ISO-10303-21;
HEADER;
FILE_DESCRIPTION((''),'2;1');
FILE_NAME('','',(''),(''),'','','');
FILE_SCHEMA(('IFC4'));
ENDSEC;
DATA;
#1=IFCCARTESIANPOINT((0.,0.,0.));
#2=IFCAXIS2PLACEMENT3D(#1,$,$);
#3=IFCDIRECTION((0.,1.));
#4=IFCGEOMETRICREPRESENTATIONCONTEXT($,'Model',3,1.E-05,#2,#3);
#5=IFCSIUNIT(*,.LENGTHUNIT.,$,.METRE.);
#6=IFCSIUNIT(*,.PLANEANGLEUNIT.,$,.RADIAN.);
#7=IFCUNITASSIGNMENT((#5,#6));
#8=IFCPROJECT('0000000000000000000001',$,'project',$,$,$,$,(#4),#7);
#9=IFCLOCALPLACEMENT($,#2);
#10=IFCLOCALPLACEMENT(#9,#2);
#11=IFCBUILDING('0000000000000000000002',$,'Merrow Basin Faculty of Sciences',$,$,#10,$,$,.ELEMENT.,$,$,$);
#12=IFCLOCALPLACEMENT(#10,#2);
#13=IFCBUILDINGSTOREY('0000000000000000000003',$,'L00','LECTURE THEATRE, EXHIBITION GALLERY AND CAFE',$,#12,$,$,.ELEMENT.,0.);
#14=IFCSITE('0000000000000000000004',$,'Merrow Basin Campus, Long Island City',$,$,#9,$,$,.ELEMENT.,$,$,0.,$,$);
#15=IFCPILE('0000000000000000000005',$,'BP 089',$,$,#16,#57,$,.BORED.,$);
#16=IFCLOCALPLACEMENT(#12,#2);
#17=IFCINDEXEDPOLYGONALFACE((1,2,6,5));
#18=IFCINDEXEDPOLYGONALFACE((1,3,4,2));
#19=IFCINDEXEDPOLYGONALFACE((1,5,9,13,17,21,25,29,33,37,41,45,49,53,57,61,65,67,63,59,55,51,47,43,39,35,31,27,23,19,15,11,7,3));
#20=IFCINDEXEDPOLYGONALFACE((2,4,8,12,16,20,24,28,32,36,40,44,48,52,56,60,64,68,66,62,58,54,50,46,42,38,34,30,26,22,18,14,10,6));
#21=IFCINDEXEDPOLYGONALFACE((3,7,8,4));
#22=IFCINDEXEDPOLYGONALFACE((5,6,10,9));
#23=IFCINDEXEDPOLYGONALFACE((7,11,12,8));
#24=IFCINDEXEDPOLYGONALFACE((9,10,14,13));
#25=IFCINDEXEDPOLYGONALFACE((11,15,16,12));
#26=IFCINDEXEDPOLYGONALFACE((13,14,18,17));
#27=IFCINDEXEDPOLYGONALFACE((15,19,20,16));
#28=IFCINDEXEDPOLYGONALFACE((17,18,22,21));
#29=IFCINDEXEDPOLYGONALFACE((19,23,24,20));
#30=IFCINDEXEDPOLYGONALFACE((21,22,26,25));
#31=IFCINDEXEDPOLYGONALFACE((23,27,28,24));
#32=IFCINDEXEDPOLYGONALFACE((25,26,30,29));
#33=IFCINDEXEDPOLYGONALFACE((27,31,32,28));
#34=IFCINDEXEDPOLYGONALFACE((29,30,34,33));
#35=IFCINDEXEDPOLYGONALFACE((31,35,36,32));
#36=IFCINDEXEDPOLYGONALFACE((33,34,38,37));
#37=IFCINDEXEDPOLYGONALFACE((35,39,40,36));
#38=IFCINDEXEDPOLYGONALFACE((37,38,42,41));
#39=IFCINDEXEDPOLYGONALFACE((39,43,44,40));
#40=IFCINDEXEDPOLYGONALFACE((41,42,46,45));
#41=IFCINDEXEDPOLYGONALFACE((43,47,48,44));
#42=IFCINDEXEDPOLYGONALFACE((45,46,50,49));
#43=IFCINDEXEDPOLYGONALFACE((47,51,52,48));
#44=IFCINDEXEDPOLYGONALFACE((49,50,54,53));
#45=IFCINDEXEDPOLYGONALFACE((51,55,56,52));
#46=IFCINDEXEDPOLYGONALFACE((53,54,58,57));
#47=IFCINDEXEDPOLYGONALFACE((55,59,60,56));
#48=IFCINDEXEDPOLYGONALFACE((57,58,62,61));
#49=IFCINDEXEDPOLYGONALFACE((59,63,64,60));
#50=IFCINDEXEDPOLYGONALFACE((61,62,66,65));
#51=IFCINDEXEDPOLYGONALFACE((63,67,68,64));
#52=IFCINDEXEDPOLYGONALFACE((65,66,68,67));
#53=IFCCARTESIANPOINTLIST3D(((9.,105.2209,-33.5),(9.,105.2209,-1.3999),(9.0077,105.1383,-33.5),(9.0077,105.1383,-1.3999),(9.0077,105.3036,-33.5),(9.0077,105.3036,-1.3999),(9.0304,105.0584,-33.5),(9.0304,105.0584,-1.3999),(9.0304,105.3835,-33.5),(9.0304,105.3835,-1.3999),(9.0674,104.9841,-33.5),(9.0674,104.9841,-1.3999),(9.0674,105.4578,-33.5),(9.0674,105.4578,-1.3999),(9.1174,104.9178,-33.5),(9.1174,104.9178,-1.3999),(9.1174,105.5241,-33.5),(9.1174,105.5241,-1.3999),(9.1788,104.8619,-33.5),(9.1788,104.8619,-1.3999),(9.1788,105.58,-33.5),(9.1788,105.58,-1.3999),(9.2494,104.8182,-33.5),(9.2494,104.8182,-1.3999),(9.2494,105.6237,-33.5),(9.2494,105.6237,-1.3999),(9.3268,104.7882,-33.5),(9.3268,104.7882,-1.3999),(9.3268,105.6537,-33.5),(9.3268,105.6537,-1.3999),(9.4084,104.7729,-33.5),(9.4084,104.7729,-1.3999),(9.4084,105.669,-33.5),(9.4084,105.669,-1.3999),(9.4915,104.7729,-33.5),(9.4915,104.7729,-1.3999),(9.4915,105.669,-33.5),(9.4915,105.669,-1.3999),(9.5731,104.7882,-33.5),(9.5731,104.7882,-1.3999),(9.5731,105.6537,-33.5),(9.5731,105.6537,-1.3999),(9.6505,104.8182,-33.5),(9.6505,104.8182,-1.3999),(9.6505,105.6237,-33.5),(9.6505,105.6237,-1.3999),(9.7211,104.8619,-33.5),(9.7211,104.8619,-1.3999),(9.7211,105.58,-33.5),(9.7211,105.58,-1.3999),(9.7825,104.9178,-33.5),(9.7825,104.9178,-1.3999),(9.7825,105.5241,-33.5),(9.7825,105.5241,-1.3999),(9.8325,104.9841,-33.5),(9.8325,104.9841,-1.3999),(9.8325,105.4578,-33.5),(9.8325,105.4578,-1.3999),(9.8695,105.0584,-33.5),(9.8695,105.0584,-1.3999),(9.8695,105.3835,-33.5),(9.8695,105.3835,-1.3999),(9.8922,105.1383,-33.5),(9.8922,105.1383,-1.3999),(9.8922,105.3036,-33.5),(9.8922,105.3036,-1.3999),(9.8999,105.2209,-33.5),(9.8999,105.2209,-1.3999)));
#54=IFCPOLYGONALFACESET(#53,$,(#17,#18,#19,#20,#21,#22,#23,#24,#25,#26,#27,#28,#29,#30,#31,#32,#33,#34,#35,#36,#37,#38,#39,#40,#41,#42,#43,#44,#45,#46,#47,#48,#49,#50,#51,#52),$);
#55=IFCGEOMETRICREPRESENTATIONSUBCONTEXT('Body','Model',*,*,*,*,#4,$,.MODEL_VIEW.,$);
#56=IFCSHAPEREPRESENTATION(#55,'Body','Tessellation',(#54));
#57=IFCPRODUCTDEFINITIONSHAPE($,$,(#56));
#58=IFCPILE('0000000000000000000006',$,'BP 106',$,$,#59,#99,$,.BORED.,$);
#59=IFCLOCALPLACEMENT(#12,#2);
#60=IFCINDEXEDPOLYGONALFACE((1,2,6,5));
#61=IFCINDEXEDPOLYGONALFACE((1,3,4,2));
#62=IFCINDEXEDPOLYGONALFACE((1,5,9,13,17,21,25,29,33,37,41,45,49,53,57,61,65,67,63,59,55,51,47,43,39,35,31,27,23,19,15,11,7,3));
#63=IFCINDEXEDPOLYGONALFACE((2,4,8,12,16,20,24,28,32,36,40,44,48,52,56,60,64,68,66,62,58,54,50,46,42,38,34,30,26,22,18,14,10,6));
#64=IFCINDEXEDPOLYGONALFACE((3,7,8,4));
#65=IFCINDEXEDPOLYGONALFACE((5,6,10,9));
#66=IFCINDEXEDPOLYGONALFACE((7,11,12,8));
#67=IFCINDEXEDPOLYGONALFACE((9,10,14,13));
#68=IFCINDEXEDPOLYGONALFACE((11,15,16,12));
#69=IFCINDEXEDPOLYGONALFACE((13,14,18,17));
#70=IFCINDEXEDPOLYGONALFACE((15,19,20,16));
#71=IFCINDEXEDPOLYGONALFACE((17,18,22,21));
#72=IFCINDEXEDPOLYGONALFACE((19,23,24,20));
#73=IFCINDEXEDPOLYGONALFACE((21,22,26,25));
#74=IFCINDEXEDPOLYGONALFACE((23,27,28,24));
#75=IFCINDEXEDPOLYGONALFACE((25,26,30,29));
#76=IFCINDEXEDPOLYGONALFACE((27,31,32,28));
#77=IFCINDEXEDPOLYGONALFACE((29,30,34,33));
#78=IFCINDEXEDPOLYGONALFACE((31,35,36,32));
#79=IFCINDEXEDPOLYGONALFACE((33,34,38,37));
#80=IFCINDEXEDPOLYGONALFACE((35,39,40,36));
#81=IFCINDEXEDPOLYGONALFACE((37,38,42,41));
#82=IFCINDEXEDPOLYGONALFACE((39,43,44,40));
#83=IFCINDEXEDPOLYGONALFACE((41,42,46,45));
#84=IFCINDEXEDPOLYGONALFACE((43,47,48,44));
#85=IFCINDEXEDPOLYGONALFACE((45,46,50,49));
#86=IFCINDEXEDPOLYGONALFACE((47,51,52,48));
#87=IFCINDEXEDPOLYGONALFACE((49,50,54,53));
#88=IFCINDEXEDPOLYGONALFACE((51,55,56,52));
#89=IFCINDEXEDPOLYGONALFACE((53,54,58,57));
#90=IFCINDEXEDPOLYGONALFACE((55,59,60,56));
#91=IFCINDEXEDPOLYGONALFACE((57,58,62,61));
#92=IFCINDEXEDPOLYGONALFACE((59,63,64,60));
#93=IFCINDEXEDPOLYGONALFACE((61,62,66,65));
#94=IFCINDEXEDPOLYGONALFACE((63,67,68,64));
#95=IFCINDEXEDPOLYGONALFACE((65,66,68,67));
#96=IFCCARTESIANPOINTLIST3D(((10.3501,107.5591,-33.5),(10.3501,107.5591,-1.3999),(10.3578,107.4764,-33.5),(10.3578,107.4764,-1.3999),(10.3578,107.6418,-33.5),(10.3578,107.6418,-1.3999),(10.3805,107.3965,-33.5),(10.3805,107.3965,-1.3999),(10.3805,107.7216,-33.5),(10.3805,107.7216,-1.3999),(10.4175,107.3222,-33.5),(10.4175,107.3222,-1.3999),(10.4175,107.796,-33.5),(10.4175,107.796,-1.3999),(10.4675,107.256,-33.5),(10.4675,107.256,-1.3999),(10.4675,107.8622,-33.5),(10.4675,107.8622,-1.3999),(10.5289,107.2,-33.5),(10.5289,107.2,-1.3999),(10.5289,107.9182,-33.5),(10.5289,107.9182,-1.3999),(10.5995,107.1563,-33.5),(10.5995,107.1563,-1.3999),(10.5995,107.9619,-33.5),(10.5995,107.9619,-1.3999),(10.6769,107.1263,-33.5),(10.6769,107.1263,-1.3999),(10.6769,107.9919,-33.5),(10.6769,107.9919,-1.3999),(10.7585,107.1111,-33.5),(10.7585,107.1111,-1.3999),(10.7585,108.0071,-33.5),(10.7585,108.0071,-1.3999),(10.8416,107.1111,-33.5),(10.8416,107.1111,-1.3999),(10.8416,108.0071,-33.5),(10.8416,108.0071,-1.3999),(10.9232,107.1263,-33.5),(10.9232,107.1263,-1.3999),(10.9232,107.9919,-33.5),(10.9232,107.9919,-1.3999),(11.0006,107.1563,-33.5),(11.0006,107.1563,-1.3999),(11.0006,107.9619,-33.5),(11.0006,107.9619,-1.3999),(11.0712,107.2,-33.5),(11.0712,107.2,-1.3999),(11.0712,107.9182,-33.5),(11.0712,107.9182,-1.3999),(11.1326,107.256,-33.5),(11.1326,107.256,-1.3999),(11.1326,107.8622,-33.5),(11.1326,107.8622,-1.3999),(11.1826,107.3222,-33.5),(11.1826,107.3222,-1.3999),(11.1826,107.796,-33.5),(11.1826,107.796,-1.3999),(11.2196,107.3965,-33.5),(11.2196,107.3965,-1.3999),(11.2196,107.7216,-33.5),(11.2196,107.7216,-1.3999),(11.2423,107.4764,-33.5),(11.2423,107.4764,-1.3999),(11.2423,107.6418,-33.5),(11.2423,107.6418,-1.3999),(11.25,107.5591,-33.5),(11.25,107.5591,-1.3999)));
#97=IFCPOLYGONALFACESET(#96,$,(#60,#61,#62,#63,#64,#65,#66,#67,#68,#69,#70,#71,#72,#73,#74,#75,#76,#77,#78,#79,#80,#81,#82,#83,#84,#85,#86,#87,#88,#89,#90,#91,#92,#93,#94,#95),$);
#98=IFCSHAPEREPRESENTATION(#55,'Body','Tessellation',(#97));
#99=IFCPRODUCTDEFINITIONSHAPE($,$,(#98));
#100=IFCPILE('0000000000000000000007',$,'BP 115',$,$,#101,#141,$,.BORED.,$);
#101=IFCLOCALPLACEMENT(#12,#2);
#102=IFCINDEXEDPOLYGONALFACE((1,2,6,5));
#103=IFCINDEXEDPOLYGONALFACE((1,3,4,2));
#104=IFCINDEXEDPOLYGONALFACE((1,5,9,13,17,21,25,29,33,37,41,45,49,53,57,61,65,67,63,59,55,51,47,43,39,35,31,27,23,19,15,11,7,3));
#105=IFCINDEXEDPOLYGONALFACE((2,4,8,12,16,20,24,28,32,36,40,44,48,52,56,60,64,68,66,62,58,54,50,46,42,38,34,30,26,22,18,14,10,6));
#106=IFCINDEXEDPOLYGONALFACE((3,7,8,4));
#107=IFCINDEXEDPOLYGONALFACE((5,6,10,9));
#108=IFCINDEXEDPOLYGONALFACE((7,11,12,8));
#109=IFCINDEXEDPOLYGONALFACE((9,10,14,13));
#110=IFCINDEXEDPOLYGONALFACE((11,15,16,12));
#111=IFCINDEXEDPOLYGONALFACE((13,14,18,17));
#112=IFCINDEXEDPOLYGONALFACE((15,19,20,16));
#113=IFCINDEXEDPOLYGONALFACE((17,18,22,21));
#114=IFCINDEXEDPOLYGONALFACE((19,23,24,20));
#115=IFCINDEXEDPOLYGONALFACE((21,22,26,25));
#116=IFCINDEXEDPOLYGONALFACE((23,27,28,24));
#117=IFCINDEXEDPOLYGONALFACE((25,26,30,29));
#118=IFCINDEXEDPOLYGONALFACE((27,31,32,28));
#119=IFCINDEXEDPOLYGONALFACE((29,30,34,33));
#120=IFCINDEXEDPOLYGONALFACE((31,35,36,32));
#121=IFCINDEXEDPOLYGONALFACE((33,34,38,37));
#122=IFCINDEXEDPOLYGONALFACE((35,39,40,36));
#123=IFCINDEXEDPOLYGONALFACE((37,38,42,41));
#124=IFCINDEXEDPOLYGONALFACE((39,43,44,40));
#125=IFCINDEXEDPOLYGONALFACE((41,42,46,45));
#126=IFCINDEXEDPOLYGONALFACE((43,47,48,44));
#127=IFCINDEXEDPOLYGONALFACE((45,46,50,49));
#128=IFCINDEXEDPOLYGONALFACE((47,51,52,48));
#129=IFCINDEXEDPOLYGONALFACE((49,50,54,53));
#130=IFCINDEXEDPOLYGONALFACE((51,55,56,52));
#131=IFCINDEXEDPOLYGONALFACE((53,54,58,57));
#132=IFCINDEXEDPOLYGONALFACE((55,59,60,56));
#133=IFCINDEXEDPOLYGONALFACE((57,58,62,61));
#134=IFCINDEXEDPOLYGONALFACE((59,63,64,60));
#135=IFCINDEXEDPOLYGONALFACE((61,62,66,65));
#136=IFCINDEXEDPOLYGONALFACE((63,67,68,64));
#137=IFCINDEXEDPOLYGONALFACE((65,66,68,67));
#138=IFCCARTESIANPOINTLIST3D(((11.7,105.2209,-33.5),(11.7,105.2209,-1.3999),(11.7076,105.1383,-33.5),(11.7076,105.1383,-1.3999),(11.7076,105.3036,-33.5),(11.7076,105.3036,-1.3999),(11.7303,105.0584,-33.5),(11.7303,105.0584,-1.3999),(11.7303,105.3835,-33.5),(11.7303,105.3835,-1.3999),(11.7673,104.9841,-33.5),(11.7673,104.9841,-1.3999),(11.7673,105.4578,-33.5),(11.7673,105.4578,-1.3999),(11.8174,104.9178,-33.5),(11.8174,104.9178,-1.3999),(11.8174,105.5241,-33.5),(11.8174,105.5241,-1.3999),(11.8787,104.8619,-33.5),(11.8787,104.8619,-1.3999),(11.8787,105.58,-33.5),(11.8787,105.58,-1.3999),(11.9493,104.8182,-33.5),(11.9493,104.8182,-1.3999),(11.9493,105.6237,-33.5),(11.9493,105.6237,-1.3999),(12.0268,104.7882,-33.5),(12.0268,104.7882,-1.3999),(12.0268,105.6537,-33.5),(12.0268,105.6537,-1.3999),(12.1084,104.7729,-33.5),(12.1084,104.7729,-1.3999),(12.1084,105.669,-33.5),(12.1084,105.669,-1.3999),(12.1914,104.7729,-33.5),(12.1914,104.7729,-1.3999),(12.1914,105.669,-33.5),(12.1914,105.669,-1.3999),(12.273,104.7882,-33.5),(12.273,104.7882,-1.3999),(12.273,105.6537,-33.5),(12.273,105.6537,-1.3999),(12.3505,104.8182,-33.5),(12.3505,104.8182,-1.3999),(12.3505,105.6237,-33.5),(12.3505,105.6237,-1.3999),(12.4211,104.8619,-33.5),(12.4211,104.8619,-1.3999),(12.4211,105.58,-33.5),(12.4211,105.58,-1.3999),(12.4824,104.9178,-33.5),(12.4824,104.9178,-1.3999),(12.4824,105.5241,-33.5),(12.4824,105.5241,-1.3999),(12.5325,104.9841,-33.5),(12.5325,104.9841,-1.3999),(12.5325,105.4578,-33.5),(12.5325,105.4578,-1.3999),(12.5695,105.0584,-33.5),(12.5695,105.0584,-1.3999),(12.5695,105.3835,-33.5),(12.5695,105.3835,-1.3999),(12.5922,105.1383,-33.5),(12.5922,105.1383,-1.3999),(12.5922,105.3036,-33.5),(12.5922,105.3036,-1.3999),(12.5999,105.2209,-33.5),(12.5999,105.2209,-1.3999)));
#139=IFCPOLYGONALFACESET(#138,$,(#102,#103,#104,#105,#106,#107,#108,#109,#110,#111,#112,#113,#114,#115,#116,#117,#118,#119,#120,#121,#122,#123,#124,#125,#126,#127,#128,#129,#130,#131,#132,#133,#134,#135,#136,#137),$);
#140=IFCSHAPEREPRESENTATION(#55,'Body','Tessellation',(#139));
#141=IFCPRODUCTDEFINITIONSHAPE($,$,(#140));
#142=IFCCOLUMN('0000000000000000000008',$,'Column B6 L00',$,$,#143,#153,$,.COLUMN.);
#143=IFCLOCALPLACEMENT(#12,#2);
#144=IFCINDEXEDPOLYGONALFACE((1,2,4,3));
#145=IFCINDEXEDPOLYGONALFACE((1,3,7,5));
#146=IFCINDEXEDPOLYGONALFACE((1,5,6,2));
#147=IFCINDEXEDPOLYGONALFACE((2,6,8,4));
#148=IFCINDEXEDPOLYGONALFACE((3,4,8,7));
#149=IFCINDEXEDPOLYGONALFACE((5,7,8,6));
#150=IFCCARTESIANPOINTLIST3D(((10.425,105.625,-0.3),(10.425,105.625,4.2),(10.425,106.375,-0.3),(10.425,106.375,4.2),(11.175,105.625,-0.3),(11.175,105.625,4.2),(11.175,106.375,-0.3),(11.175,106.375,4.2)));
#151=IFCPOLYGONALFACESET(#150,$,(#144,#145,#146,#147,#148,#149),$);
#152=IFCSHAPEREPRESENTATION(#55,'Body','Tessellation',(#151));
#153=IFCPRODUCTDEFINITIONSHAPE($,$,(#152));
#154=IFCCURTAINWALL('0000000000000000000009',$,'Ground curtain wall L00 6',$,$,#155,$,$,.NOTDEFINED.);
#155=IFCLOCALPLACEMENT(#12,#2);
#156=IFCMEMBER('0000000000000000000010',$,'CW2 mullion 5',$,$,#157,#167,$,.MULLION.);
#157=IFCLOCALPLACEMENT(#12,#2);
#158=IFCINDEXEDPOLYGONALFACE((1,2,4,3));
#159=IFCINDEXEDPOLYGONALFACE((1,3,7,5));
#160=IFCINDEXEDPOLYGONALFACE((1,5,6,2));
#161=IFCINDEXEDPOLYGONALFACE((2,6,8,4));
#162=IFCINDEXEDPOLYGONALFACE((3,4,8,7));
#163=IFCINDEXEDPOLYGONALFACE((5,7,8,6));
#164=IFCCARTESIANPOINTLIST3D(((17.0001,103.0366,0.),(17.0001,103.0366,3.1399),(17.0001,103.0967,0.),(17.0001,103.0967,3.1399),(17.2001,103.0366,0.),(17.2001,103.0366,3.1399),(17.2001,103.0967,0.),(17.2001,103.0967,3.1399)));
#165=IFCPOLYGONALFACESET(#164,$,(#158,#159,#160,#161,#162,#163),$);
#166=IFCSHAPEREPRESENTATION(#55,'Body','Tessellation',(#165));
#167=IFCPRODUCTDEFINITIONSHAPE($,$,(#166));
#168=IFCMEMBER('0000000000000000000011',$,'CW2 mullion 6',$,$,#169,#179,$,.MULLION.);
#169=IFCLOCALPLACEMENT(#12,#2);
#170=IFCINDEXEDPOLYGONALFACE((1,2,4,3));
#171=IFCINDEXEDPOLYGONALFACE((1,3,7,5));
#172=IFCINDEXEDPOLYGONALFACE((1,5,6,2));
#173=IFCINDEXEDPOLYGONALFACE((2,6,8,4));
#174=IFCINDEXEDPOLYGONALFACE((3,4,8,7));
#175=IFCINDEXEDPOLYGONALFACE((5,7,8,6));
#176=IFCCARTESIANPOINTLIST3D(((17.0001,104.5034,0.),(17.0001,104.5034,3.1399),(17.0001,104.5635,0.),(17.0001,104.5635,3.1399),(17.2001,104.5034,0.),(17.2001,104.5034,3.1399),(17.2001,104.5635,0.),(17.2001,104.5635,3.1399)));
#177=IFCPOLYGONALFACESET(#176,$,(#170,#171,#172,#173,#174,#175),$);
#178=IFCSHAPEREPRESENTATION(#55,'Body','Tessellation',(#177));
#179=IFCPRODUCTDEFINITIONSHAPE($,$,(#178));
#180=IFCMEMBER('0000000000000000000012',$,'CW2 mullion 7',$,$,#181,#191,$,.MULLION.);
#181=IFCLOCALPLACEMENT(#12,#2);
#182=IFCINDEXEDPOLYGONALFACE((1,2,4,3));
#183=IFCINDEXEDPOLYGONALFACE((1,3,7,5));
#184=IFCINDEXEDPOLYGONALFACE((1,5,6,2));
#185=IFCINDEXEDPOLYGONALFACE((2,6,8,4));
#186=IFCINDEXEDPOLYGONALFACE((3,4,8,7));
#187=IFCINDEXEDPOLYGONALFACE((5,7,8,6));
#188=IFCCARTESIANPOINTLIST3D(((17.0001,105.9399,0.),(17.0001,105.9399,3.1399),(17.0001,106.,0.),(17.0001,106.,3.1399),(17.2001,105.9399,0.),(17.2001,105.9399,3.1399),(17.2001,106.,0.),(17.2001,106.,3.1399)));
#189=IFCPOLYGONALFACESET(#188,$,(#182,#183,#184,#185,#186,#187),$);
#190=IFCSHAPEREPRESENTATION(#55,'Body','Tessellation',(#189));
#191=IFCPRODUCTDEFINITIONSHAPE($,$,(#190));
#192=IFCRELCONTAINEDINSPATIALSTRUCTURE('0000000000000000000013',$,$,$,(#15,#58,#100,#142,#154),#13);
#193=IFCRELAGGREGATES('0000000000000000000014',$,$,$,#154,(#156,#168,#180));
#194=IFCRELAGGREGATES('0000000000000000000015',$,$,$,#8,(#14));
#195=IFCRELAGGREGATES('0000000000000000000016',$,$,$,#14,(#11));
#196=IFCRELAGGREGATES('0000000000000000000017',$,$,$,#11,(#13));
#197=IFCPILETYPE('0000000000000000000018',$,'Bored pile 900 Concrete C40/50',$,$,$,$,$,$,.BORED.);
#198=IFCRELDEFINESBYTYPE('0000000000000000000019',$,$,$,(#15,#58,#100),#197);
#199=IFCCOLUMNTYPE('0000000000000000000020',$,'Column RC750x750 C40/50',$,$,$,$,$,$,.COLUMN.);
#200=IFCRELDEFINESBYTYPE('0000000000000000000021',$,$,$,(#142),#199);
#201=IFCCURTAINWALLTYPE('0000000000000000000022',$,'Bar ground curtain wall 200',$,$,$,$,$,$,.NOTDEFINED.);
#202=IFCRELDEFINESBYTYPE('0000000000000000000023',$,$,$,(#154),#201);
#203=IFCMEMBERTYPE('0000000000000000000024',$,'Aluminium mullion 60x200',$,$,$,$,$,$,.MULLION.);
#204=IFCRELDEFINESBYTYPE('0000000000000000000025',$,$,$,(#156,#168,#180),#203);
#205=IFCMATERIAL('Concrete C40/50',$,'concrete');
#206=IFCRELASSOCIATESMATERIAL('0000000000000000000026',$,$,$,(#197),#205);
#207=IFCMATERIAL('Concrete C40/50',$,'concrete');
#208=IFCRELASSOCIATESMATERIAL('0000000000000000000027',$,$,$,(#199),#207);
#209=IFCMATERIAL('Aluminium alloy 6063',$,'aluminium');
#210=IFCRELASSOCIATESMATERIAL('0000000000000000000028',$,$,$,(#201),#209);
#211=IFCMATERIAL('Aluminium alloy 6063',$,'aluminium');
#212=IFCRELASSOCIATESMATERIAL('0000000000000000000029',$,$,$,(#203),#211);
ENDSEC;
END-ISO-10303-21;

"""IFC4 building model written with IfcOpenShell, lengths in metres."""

from ifc_helpers import new_model, si_unit, direction, frame, origin, origin_2d, place, context, subcontext, project, spatial, rectangle, circle, extrude, material, material_profile, profile_set, type_object, element, aggregate, save


model = new_model("IFC4")

# Units and contexts
model_context = context("Model", 3, precision=1e-05, world=origin(), true_north=direction((0.0, 1.0)))
body_context = subcontext(model_context, "Body", "Model", "MODEL_VIEW")
ifc_project = project(units=[si_unit("LENGTHUNIT", "METRE"), si_unit("PLANEANGLEUNIT", "RADIAN")], contexts=[model_context])

# Site, building, storey
site_placement = place(None, origin())
site = spatial("IfcSite", under=ifc_project, at=site_placement, Name="Merrow Basin Campus, Long Island City", CompositionType="ELEMENT", RefElevation=0.0)
building_placement = place(site_placement, origin())
building = spatial("IfcBuilding", under=site, at=building_placement, Name="Merrow Basin Faculty of Sciences", CompositionType="ELEMENT")
storey_placement = place(building_placement, origin())
storey = spatial("IfcBuildingStorey", under=building, at=storey_placement, Name="L00", Description="LECTURE THEATRE, EXHIBITION GALLERY AND CAFE", CompositionType="ELEMENT", Elevation=0.0)

# Piles
ifc_material_1 = material(Name="Concrete C40/50", Category="concrete")
ifc_material_profile_1 = material_profile(ifc_material_1, circle(Radius=0.45, at=origin_2d()))
ifc_profile_set_1 = profile_set([ifc_material_profile_1], Name="Concrete C40/50")
pile_type = type_object("IfcPileType", Name="Bored pile 900 Concrete C40/50", PredefinedType="BORED", material=ifc_profile_set_1)
for number, where, z_axis, x_axis, name in (
    (1, (9.45, 105.2209, -1.3999), (0.0, 0.0, -1.0), (1.0, 0.0, 0.0), "BP 089"),
    (2, (10.8, 107.5591, -1.3999), (0.0, 0.0, -1.0), (1.0, 0.0, 0.0), "BP 106"),
    (3, (12.1499, 105.2209, -1.3999), (0.0, 0.0, -1.0), (1.0, 0.0, 0.0), "BP 115"),
):
    element("IfcPile", number, at=place(storey_placement, frame(where, z_axis=z_axis, x_axis=x_axis)), inside=storey, type_object=pile_type, Name=name, PredefinedType="BORED", context=body_context, shape_type="SweptSolid", body=[
        extrude(circle(Radius=0.45, at=origin_2d()), origin(), (0.0, 0.0, 1.0), 32.1001),
    ])

# Column
ifc_material_2 = material(Name="Concrete C40/50", Category="concrete")
ifc_material_profile_2 = material_profile(ifc_material_2, rectangle(XDim=0.75, YDim=0.75, at=origin_2d()))
ifc_profile_set_2 = profile_set([ifc_material_profile_2], Name="Concrete C40/50")
column_type = type_object("IfcColumnType", Name="Column RC750x750 C40/50", PredefinedType="COLUMN", material=ifc_profile_set_2)
column_placement = place(storey_placement, frame((10.8, 106.0, -0.3), z_axis=(0.0, 0.0, 1.0), x_axis=(1.0, 0.0, 0.0)))
element("IfcColumn", 4, at=column_placement, inside=storey, type_object=column_type, Name="Column B6 L00", PredefinedType="COLUMN", context=body_context, shape_type="SweptSolid", body=[
    extrude(rectangle(XDim=0.75, YDim=0.75, at=origin_2d()), origin(), (0.0, 0.0, 1.0), 4.5),
])

# Curtain wall, members
ifc_material_3 = material(Name="Aluminium alloy 6063", Category="aluminium")
curtain_wall_type = type_object("IfcCurtainWallType", Name="Bar ground curtain wall 200", PredefinedType="NOTDEFINED", material=ifc_material_3)
curtain_wall_1_placement = place(storey_placement, origin())
curtain_wall_1 = element("IfcCurtainWall", 5, at=curtain_wall_1_placement, inside=storey, type_object=curtain_wall_type, Name="Ground curtain wall L00 6", PredefinedType="NOTDEFINED")
ifc_material_4 = material(Name="Aluminium alloy 6063", Category="aluminium")
ifc_material_profile_3 = material_profile(ifc_material_4, rectangle(XDim=0.2, YDim=0.0601, at=origin_2d()))
ifc_profile_set_3 = profile_set([ifc_material_profile_3], Name="Aluminium alloy 6063")
member_type_1 = type_object("IfcMemberType", Name="Aluminium mullion 60x200", PredefinedType="MULLION", material=ifc_profile_set_3)
member_1_placement = place(storey_placement, frame((17.1001, 103.0667, 0.0), z_axis=(0.0, 0.0, 1.0), x_axis=(-1.0, 0.0, 0.0)))
member_1 = element("IfcMember", 6, at=member_1_placement, type_object=member_type_1, Name="CW2 mullion 5", PredefinedType="MULLION", context=body_context, shape_type="SweptSolid", body=[
    extrude(rectangle(XDim=0.2, YDim=0.0601, at=origin_2d()), origin(), (0.0, 0.0, 1.0), 3.1399),
])
member_2_placement = place(storey_placement, frame((17.1001, 104.5334, 0.0), z_axis=(0.0, 0.0, 1.0), x_axis=(-1.0, 0.0, 0.0)))
member_2 = element("IfcMember", 7, at=member_2_placement, type_object=member_type_1, Name="CW2 mullion 6", PredefinedType="MULLION", context=body_context, shape_type="SweptSolid", body=[
    extrude(rectangle(XDim=0.2, YDim=0.0601, at=origin_2d()), origin(), (0.0, 0.0, 1.0), 3.1399),
])
member_3_placement = place(storey_placement, frame((17.1001, 105.97, 0.0), z_axis=(0.0, 0.0, 1.0), x_axis=(-1.0, 0.0, 0.0)))
member_3 = element("IfcMember", 8, at=member_3_placement, type_object=member_type_1, Name="CW2 mullion 7", PredefinedType="MULLION", context=body_context, shape_type="SweptSolid", body=[
    extrude(rectangle(XDim=0.2, YDim=0.0601, at=origin_2d()), origin(), (0.0, 0.0, 1.0), 3.1399),
])

aggregate(curtain_wall_1, [member_1, member_2, member_3])

save(model, "model.ifc")
